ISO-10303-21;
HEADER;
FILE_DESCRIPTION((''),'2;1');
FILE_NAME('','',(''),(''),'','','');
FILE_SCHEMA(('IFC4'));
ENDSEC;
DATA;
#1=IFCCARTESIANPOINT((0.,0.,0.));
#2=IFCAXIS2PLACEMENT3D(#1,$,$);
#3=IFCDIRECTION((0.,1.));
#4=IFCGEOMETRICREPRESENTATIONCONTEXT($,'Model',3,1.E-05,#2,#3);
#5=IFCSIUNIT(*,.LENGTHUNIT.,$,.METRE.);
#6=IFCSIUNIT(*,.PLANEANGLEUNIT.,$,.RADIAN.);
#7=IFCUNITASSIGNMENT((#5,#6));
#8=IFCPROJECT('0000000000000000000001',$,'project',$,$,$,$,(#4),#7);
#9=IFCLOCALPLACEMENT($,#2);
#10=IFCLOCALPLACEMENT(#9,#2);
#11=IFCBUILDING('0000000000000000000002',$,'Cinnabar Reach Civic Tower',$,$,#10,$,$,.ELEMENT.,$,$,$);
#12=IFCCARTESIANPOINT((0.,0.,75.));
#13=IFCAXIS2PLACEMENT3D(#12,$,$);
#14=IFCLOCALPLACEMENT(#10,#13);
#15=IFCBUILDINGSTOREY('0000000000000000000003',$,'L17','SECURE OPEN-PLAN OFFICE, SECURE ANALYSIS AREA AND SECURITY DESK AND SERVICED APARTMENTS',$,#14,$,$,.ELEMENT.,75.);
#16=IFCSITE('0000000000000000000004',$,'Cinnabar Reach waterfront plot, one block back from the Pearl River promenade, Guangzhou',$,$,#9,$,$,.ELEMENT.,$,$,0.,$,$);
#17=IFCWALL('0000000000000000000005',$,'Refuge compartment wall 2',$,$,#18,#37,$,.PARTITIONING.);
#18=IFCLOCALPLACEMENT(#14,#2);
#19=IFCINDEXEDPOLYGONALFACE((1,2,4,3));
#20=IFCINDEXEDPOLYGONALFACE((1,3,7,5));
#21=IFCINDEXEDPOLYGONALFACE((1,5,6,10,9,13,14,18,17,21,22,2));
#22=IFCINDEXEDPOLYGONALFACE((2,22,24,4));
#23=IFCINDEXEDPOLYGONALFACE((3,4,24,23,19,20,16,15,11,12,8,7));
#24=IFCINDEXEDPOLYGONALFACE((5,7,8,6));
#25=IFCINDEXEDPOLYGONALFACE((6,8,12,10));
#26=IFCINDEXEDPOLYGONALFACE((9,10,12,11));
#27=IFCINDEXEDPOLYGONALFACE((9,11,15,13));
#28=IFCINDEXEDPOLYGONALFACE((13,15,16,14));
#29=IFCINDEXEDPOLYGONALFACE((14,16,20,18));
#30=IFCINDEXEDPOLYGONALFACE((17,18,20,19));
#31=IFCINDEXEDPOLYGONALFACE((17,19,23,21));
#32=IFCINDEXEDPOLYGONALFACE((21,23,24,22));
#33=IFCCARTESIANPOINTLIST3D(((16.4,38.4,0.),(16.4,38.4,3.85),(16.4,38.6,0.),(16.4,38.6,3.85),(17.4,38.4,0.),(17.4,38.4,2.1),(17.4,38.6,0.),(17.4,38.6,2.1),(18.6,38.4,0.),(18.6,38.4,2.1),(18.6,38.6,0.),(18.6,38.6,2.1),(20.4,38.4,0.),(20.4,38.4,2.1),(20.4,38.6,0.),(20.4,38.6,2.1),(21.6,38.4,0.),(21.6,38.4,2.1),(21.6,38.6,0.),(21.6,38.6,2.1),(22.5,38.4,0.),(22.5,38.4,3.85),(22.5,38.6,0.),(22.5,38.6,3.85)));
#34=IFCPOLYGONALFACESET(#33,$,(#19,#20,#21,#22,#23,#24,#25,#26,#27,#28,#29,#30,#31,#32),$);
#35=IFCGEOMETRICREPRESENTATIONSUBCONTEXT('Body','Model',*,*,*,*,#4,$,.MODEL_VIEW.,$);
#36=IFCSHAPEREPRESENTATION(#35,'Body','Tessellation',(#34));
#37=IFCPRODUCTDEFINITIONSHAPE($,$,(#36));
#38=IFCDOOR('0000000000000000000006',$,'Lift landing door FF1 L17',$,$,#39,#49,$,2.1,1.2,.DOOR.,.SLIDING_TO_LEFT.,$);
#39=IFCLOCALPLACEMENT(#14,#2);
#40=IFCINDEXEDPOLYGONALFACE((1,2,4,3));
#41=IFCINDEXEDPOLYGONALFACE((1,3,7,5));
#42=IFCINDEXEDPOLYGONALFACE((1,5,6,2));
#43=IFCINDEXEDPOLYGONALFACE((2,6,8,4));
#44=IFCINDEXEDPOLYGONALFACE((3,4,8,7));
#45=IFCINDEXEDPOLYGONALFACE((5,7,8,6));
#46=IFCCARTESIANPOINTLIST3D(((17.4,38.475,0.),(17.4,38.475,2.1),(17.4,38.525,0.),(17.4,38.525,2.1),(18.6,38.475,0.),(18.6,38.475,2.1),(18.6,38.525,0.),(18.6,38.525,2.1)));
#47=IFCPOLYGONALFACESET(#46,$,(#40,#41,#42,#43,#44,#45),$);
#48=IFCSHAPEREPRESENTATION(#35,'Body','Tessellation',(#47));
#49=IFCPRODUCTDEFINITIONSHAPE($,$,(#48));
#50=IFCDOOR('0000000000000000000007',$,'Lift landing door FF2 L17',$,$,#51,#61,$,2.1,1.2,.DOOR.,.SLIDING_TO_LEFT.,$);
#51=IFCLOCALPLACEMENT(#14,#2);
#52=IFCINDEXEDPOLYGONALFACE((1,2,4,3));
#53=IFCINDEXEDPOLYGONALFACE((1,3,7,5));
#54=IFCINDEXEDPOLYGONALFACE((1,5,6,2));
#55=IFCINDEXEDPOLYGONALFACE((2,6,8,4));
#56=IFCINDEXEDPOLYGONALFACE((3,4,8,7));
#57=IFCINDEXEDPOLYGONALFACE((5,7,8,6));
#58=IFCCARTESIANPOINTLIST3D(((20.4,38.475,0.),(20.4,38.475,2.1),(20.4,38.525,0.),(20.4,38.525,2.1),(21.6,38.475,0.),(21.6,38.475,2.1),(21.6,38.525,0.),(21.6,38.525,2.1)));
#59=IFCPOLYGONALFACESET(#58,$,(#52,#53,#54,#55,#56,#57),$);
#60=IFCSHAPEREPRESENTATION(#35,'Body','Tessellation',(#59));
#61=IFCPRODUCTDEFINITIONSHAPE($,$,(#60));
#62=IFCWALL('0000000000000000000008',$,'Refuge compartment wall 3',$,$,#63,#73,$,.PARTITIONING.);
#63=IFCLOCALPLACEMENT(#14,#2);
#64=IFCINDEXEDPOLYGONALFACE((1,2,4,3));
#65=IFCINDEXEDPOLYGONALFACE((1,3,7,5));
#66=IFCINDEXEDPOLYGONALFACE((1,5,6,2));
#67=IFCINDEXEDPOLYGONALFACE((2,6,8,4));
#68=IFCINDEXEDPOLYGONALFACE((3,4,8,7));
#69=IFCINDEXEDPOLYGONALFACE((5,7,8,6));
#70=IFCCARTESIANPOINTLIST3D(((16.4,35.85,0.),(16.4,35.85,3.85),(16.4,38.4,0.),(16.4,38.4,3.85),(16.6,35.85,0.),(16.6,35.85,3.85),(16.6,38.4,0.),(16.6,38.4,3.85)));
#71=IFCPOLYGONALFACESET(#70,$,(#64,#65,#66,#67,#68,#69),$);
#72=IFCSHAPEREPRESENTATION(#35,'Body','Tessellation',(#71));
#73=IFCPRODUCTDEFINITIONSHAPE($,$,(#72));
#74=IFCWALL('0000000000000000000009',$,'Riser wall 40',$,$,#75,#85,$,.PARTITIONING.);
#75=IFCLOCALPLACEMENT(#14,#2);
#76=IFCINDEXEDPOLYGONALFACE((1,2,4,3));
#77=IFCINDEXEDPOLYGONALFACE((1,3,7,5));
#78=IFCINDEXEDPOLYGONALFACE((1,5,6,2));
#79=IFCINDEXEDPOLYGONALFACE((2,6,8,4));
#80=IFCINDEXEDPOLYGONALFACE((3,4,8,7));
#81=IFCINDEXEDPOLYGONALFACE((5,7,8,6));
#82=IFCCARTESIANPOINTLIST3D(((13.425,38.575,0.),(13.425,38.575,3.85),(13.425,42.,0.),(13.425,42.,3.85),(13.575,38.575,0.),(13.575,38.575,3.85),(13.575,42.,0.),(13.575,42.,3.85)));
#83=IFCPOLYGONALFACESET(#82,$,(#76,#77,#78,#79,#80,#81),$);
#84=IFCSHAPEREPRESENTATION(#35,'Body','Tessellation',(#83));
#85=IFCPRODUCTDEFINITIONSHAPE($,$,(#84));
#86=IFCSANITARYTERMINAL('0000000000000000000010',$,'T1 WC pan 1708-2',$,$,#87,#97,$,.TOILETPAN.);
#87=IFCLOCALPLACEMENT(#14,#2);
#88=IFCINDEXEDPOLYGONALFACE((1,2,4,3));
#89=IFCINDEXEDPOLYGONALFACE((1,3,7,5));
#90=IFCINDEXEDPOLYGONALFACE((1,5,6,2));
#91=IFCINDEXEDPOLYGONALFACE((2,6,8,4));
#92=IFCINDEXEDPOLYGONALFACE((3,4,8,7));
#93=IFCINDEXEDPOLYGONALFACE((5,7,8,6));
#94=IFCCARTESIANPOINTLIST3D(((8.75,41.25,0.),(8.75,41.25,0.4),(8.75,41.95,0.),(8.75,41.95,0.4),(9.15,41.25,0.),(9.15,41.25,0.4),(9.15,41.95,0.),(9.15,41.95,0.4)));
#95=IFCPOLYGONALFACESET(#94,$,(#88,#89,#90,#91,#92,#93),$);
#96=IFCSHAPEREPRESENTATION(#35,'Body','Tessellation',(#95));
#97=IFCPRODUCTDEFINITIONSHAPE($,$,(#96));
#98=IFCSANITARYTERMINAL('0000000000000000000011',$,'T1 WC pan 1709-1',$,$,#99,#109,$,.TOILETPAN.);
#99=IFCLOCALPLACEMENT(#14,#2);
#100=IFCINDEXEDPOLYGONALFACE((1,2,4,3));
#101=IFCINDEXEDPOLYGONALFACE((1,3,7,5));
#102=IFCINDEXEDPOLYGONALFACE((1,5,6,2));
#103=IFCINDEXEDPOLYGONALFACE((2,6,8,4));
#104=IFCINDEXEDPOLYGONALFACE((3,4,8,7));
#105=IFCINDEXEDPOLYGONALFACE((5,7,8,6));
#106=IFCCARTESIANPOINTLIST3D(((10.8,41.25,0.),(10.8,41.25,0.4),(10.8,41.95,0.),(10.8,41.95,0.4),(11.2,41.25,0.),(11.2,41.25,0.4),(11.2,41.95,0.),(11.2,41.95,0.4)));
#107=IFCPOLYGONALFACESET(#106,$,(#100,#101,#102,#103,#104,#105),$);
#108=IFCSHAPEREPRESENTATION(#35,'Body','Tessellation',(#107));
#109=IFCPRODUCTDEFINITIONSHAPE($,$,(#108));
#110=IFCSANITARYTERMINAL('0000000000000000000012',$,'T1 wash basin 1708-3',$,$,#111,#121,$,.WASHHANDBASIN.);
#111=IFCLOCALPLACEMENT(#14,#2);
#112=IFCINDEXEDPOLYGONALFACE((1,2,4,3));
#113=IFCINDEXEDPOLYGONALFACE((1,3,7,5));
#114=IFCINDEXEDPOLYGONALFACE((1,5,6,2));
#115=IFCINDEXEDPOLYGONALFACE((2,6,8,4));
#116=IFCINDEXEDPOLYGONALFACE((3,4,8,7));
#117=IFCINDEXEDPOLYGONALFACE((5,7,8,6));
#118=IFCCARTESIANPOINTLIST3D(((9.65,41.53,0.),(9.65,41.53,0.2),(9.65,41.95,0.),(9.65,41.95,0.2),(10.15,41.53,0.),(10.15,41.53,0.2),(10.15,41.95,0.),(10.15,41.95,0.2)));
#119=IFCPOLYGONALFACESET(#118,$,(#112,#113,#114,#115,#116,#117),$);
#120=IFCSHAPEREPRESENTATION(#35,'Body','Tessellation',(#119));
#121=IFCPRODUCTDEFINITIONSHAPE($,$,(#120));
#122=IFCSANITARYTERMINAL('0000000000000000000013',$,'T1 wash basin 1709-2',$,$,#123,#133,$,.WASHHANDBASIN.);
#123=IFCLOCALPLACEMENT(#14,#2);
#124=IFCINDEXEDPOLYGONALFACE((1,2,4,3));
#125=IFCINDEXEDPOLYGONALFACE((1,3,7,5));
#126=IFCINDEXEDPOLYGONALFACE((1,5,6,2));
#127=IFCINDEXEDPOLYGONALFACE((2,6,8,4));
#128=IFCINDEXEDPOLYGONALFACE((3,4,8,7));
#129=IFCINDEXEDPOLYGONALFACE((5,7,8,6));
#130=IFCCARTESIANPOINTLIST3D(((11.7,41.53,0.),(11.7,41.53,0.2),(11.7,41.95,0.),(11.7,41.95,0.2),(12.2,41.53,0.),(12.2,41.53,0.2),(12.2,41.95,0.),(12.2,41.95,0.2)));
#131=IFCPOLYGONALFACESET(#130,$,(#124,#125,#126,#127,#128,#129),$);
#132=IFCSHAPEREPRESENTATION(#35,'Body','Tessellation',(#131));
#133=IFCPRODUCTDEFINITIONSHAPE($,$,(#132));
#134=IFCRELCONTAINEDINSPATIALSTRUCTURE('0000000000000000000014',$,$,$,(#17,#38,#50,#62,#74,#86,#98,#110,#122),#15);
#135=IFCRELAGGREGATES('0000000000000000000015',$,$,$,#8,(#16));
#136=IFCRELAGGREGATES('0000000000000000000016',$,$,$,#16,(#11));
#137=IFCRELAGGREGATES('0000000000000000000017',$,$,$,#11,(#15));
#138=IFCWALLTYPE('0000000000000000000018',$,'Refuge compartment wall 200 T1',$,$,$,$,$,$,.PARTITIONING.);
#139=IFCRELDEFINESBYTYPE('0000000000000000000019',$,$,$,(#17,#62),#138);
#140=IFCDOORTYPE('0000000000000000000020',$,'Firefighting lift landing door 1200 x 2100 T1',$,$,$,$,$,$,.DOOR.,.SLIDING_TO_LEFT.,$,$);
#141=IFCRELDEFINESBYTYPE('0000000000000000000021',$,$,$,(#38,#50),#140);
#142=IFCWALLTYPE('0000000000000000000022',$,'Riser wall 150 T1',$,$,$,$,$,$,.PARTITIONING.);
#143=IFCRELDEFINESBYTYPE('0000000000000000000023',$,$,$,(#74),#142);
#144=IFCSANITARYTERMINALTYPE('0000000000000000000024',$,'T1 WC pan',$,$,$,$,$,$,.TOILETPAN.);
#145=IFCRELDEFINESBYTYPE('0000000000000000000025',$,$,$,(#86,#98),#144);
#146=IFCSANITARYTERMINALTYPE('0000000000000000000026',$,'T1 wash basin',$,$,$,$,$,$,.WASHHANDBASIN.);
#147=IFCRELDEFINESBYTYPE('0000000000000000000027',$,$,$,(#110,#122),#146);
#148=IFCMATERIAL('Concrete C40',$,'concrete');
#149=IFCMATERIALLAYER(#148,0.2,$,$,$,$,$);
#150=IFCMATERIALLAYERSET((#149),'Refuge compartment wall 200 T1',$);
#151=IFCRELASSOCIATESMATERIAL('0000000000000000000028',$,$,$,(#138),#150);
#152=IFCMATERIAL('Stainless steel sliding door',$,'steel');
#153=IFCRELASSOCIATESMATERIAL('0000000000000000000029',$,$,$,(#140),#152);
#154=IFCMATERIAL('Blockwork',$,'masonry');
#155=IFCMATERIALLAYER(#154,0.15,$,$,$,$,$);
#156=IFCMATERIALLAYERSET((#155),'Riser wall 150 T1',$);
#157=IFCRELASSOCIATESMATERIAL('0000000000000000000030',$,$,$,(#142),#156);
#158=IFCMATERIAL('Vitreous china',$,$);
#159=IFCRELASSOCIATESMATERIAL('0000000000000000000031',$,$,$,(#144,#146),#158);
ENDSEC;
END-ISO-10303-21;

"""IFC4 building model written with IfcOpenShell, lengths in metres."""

from ifc_helpers import new_model, si_unit, direction, frame, frame_2d, origin, origin_2d, place, context, subcontext, project, spatial, rectangle, extrude, material, layer, layer_set, type_object, element, fill, save


model = new_model("IFC4")

# Units and contexts
model_context = context("Model", 3, precision=1e-05, world=origin(), true_north=direction((0.0, 1.0)))
body_context = subcontext(model_context, "Body", "Model", "MODEL_VIEW")
ifc_project = project(units=[si_unit("LENGTHUNIT", "METRE"), si_unit("PLANEANGLEUNIT", "RADIAN")], contexts=[model_context])

# Site, building, storey
site_placement = place(None, origin())
site = spatial("IfcSite", under=ifc_project, at=site_placement, Name="Cinnabar Reach waterfront plot, one block back from the Pearl River promenade, Guangzhou", CompositionType="ELEMENT", RefElevation=0.0)
building_placement = place(site_placement, origin())
building = spatial("IfcBuilding", under=site, at=building_placement, Name="Cinnabar Reach Civic Tower", CompositionType="ELEMENT")
storey_placement = place(building_placement, frame((0.0, 0.0, 75.0)))
storey = spatial("IfcBuildingStorey", under=building, at=storey_placement, Name="L17", Description="SECURE OPEN-PLAN OFFICE, SECURE ANALYSIS AREA AND SECURITY DESK AND SERVICED APARTMENTS", CompositionType="ELEMENT", Elevation=75.0)

# Shared definitions
ifc_material_1 = material(Name="Blockwork", Category="masonry")
ifc_material_2 = material(Name="Concrete C40", Category="concrete")
ifc_layer_1 = layer(ifc_material_2, 0.2)
ifc_layer_set_1 = layer_set([ifc_layer_1], Name="Refuge compartment wall 200 T1")
wall_type_1 = type_object("IfcWallType", Name="Refuge compartment wall 200 T1", PredefinedType="PARTITIONING", material=ifc_layer_set_1)

# Wall, openings, doors
wall_1_placement = place(storey_placement, frame((16.4, 38.5, 0.0), z_axis=(0.0, 0.0, 1.0), x_axis=(1.0, 0.0, 0.0)))
wall_1 = element("IfcWall", 1, at=wall_1_placement, inside=storey, type_object=wall_type_1, Name="Refuge compartment wall 2", PredefinedType="PARTITIONING", context=body_context, shape_type="SweptSolid", body=[
    extrude(rectangle(XDim=6.1, YDim=0.2, at=frame_2d((3.05, 0.0))), origin(), (0.0, 0.0, 1.0), 3.85),
])
opening_1_placement = place(wall_1_placement, frame((1.0, 0.0, 0.0)))
opening_1 = element("IfcOpeningElement", 2, at=opening_1_placement, cuts=wall_1, PredefinedType="OPENING", context=body_context, shape_type="SweptSolid", body=[
    extrude(rectangle(XDim=1.2, YDim=2.1, at=frame_2d((0.6, 1.05))), frame((0.0, 0.11, 0.0), z_axis=(0.0, -1.0, 0.0), x_axis=(1.0, 0.0, 0.0)), (0.0, 0.0, 1.0), 0.22),
])
opening_2_placement = place(wall_1_placement, frame((4.0, 0.0, 0.0)))
opening_2 = element("IfcOpeningElement", 3, at=opening_2_placement, cuts=wall_1, PredefinedType="OPENING", context=body_context, shape_type="SweptSolid", body=[
    extrude(rectangle(XDim=1.2, YDim=2.1, at=frame_2d((0.6, 1.05))), frame((0.0, 0.11, 0.0), z_axis=(0.0, -1.0, 0.0), x_axis=(1.0, 0.0, 0.0)), (0.0, 0.0, 1.0), 0.22),
])
ifc_material_3 = material(Name="Stainless steel sliding door", Category="steel")
door_type = type_object("IfcDoorType", Name="Firefighting lift landing door 1200 x 2100 T1", OperationType="SLIDING_TO_LEFT", PredefinedType="DOOR", material=ifc_material_3)
door_1_placement = place(opening_1_placement, origin())
door_1 = element("IfcDoor", 4, at=door_1_placement, inside=storey, type_object=door_type, Name="Lift landing door FF1 L17", OperationType="SLIDING_TO_LEFT", OverallHeight=2.1, OverallWidth=1.2, PredefinedType="DOOR", context=body_context, shape_type="SweptSolid", body=[
    extrude(rectangle(XDim=1.2, YDim=2.1, at=frame_2d((0.6, 1.05))), frame((0.0, 0.025, 0.0), z_axis=(0.0, -1.0, 0.0), x_axis=(1.0, 0.0, 0.0)), (0.0, 0.0, 1.0), 0.05),
])
fill(opening_1, door_1)
door_2_placement = place(opening_2_placement, origin())
door_2 = element("IfcDoor", 5, at=door_2_placement, inside=storey, type_object=door_type, Name="Lift landing door FF2 L17", OperationType="SLIDING_TO_LEFT", OverallHeight=2.1, OverallWidth=1.2, PredefinedType="DOOR", context=body_context, shape_type="SweptSolid", body=[
    extrude(rectangle(XDim=1.2, YDim=2.1, at=frame_2d((0.6, 1.05))), frame((0.0, 0.025, 0.0), z_axis=(0.0, -1.0, 0.0), x_axis=(1.0, 0.0, 0.0)), (0.0, 0.0, 1.0), 0.05),
])
fill(opening_2, door_2)

# Walls
wall_2_placement = place(storey_placement, frame((16.5, 35.85, 0.0), z_axis=(0.0, 0.0, 1.0), x_axis=(0.0, 1.0, 0.0)))
element("IfcWall", 6, at=wall_2_placement, inside=storey, type_object=wall_type_1, Name="Refuge compartment wall 3", PredefinedType="PARTITIONING", context=body_context, shape_type="SweptSolid", body=[
    extrude(rectangle(XDim=2.55, YDim=0.2, at=frame_2d((1.275, 0.0))), origin(), (0.0, 0.0, 1.0), 3.85),
])
ifc_layer_2 = layer(ifc_material_1, 0.15)
ifc_layer_set_2 = layer_set([ifc_layer_2], Name="Riser wall 150 T1")
wall_type_2 = type_object("IfcWallType", Name="Riser wall 150 T1", PredefinedType="PARTITIONING", material=ifc_layer_set_2)
wall_3_placement = place(storey_placement, frame((13.5, 38.575, 0.0), z_axis=(0.0, 0.0, 1.0), x_axis=(0.0, 1.0, 0.0)))
element("IfcWall", 7, at=wall_3_placement, inside=storey, type_object=wall_type_2, Name="Riser wall 40", PredefinedType="PARTITIONING", context=body_context, shape_type="SweptSolid", body=[
    extrude(rectangle(XDim=3.425, YDim=0.15, at=frame_2d((1.7125, 0.0))), origin(), (0.0, 0.0, 1.0), 3.85),
])

# Sanitary terminals
ifc_material_4 = material(Name="Vitreous china")
sanitary_terminal_type_1 = type_object("IfcSanitaryTerminalType", Name="T1 WC pan", PredefinedType="TOILETPAN", material=ifc_material_4)
for number, where, z_axis, x_axis, name in (
    (8, (8.95, 41.6, 0.0), (0.0, 0.0, 1.0), (1.0, 0.0, 0.0), "T1 WC pan 1708-2"),
    (9, (11.0, 41.6, 0.0), (0.0, 0.0, 1.0), (1.0, 0.0, 0.0), "T1 WC pan 1709-1"),
):
    element("IfcSanitaryTerminal", number, at=place(storey_placement, frame(where, z_axis=z_axis, x_axis=x_axis)), inside=storey, type_object=sanitary_terminal_type_1, Name=name, PredefinedType="TOILETPAN", context=body_context, shape_type="SweptSolid", body=[
        extrude(rectangle(XDim=0.4, YDim=0.7, at=origin_2d()), origin(), (0.0, 0.0, 1.0), 0.4),
    ])
sanitary_terminal_type_2 = type_object("IfcSanitaryTerminalType", Name="T1 wash basin", PredefinedType="WASHHANDBASIN", material=ifc_material_4)
for number, where, z_axis, x_axis, name in (
    (10, (9.9, 41.74, 0.0), (0.0, 0.0, 1.0), (1.0, 0.0, 0.0), "T1 wash basin 1708-3"),
    (11, (11.95, 41.74, 0.0), (0.0, 0.0, 1.0), (1.0, 0.0, 0.0), "T1 wash basin 1709-2"),
):
    element("IfcSanitaryTerminal", number, at=place(storey_placement, frame(where, z_axis=z_axis, x_axis=x_axis)), inside=storey, type_object=sanitary_terminal_type_2, Name=name, PredefinedType="WASHHANDBASIN", context=body_context, shape_type="SweptSolid", body=[
        extrude(rectangle(XDim=0.5, YDim=0.42, at=origin_2d()), origin(), (0.0, 0.0, 1.0), 0.2),
    ])

save(model, "model.ifc")
